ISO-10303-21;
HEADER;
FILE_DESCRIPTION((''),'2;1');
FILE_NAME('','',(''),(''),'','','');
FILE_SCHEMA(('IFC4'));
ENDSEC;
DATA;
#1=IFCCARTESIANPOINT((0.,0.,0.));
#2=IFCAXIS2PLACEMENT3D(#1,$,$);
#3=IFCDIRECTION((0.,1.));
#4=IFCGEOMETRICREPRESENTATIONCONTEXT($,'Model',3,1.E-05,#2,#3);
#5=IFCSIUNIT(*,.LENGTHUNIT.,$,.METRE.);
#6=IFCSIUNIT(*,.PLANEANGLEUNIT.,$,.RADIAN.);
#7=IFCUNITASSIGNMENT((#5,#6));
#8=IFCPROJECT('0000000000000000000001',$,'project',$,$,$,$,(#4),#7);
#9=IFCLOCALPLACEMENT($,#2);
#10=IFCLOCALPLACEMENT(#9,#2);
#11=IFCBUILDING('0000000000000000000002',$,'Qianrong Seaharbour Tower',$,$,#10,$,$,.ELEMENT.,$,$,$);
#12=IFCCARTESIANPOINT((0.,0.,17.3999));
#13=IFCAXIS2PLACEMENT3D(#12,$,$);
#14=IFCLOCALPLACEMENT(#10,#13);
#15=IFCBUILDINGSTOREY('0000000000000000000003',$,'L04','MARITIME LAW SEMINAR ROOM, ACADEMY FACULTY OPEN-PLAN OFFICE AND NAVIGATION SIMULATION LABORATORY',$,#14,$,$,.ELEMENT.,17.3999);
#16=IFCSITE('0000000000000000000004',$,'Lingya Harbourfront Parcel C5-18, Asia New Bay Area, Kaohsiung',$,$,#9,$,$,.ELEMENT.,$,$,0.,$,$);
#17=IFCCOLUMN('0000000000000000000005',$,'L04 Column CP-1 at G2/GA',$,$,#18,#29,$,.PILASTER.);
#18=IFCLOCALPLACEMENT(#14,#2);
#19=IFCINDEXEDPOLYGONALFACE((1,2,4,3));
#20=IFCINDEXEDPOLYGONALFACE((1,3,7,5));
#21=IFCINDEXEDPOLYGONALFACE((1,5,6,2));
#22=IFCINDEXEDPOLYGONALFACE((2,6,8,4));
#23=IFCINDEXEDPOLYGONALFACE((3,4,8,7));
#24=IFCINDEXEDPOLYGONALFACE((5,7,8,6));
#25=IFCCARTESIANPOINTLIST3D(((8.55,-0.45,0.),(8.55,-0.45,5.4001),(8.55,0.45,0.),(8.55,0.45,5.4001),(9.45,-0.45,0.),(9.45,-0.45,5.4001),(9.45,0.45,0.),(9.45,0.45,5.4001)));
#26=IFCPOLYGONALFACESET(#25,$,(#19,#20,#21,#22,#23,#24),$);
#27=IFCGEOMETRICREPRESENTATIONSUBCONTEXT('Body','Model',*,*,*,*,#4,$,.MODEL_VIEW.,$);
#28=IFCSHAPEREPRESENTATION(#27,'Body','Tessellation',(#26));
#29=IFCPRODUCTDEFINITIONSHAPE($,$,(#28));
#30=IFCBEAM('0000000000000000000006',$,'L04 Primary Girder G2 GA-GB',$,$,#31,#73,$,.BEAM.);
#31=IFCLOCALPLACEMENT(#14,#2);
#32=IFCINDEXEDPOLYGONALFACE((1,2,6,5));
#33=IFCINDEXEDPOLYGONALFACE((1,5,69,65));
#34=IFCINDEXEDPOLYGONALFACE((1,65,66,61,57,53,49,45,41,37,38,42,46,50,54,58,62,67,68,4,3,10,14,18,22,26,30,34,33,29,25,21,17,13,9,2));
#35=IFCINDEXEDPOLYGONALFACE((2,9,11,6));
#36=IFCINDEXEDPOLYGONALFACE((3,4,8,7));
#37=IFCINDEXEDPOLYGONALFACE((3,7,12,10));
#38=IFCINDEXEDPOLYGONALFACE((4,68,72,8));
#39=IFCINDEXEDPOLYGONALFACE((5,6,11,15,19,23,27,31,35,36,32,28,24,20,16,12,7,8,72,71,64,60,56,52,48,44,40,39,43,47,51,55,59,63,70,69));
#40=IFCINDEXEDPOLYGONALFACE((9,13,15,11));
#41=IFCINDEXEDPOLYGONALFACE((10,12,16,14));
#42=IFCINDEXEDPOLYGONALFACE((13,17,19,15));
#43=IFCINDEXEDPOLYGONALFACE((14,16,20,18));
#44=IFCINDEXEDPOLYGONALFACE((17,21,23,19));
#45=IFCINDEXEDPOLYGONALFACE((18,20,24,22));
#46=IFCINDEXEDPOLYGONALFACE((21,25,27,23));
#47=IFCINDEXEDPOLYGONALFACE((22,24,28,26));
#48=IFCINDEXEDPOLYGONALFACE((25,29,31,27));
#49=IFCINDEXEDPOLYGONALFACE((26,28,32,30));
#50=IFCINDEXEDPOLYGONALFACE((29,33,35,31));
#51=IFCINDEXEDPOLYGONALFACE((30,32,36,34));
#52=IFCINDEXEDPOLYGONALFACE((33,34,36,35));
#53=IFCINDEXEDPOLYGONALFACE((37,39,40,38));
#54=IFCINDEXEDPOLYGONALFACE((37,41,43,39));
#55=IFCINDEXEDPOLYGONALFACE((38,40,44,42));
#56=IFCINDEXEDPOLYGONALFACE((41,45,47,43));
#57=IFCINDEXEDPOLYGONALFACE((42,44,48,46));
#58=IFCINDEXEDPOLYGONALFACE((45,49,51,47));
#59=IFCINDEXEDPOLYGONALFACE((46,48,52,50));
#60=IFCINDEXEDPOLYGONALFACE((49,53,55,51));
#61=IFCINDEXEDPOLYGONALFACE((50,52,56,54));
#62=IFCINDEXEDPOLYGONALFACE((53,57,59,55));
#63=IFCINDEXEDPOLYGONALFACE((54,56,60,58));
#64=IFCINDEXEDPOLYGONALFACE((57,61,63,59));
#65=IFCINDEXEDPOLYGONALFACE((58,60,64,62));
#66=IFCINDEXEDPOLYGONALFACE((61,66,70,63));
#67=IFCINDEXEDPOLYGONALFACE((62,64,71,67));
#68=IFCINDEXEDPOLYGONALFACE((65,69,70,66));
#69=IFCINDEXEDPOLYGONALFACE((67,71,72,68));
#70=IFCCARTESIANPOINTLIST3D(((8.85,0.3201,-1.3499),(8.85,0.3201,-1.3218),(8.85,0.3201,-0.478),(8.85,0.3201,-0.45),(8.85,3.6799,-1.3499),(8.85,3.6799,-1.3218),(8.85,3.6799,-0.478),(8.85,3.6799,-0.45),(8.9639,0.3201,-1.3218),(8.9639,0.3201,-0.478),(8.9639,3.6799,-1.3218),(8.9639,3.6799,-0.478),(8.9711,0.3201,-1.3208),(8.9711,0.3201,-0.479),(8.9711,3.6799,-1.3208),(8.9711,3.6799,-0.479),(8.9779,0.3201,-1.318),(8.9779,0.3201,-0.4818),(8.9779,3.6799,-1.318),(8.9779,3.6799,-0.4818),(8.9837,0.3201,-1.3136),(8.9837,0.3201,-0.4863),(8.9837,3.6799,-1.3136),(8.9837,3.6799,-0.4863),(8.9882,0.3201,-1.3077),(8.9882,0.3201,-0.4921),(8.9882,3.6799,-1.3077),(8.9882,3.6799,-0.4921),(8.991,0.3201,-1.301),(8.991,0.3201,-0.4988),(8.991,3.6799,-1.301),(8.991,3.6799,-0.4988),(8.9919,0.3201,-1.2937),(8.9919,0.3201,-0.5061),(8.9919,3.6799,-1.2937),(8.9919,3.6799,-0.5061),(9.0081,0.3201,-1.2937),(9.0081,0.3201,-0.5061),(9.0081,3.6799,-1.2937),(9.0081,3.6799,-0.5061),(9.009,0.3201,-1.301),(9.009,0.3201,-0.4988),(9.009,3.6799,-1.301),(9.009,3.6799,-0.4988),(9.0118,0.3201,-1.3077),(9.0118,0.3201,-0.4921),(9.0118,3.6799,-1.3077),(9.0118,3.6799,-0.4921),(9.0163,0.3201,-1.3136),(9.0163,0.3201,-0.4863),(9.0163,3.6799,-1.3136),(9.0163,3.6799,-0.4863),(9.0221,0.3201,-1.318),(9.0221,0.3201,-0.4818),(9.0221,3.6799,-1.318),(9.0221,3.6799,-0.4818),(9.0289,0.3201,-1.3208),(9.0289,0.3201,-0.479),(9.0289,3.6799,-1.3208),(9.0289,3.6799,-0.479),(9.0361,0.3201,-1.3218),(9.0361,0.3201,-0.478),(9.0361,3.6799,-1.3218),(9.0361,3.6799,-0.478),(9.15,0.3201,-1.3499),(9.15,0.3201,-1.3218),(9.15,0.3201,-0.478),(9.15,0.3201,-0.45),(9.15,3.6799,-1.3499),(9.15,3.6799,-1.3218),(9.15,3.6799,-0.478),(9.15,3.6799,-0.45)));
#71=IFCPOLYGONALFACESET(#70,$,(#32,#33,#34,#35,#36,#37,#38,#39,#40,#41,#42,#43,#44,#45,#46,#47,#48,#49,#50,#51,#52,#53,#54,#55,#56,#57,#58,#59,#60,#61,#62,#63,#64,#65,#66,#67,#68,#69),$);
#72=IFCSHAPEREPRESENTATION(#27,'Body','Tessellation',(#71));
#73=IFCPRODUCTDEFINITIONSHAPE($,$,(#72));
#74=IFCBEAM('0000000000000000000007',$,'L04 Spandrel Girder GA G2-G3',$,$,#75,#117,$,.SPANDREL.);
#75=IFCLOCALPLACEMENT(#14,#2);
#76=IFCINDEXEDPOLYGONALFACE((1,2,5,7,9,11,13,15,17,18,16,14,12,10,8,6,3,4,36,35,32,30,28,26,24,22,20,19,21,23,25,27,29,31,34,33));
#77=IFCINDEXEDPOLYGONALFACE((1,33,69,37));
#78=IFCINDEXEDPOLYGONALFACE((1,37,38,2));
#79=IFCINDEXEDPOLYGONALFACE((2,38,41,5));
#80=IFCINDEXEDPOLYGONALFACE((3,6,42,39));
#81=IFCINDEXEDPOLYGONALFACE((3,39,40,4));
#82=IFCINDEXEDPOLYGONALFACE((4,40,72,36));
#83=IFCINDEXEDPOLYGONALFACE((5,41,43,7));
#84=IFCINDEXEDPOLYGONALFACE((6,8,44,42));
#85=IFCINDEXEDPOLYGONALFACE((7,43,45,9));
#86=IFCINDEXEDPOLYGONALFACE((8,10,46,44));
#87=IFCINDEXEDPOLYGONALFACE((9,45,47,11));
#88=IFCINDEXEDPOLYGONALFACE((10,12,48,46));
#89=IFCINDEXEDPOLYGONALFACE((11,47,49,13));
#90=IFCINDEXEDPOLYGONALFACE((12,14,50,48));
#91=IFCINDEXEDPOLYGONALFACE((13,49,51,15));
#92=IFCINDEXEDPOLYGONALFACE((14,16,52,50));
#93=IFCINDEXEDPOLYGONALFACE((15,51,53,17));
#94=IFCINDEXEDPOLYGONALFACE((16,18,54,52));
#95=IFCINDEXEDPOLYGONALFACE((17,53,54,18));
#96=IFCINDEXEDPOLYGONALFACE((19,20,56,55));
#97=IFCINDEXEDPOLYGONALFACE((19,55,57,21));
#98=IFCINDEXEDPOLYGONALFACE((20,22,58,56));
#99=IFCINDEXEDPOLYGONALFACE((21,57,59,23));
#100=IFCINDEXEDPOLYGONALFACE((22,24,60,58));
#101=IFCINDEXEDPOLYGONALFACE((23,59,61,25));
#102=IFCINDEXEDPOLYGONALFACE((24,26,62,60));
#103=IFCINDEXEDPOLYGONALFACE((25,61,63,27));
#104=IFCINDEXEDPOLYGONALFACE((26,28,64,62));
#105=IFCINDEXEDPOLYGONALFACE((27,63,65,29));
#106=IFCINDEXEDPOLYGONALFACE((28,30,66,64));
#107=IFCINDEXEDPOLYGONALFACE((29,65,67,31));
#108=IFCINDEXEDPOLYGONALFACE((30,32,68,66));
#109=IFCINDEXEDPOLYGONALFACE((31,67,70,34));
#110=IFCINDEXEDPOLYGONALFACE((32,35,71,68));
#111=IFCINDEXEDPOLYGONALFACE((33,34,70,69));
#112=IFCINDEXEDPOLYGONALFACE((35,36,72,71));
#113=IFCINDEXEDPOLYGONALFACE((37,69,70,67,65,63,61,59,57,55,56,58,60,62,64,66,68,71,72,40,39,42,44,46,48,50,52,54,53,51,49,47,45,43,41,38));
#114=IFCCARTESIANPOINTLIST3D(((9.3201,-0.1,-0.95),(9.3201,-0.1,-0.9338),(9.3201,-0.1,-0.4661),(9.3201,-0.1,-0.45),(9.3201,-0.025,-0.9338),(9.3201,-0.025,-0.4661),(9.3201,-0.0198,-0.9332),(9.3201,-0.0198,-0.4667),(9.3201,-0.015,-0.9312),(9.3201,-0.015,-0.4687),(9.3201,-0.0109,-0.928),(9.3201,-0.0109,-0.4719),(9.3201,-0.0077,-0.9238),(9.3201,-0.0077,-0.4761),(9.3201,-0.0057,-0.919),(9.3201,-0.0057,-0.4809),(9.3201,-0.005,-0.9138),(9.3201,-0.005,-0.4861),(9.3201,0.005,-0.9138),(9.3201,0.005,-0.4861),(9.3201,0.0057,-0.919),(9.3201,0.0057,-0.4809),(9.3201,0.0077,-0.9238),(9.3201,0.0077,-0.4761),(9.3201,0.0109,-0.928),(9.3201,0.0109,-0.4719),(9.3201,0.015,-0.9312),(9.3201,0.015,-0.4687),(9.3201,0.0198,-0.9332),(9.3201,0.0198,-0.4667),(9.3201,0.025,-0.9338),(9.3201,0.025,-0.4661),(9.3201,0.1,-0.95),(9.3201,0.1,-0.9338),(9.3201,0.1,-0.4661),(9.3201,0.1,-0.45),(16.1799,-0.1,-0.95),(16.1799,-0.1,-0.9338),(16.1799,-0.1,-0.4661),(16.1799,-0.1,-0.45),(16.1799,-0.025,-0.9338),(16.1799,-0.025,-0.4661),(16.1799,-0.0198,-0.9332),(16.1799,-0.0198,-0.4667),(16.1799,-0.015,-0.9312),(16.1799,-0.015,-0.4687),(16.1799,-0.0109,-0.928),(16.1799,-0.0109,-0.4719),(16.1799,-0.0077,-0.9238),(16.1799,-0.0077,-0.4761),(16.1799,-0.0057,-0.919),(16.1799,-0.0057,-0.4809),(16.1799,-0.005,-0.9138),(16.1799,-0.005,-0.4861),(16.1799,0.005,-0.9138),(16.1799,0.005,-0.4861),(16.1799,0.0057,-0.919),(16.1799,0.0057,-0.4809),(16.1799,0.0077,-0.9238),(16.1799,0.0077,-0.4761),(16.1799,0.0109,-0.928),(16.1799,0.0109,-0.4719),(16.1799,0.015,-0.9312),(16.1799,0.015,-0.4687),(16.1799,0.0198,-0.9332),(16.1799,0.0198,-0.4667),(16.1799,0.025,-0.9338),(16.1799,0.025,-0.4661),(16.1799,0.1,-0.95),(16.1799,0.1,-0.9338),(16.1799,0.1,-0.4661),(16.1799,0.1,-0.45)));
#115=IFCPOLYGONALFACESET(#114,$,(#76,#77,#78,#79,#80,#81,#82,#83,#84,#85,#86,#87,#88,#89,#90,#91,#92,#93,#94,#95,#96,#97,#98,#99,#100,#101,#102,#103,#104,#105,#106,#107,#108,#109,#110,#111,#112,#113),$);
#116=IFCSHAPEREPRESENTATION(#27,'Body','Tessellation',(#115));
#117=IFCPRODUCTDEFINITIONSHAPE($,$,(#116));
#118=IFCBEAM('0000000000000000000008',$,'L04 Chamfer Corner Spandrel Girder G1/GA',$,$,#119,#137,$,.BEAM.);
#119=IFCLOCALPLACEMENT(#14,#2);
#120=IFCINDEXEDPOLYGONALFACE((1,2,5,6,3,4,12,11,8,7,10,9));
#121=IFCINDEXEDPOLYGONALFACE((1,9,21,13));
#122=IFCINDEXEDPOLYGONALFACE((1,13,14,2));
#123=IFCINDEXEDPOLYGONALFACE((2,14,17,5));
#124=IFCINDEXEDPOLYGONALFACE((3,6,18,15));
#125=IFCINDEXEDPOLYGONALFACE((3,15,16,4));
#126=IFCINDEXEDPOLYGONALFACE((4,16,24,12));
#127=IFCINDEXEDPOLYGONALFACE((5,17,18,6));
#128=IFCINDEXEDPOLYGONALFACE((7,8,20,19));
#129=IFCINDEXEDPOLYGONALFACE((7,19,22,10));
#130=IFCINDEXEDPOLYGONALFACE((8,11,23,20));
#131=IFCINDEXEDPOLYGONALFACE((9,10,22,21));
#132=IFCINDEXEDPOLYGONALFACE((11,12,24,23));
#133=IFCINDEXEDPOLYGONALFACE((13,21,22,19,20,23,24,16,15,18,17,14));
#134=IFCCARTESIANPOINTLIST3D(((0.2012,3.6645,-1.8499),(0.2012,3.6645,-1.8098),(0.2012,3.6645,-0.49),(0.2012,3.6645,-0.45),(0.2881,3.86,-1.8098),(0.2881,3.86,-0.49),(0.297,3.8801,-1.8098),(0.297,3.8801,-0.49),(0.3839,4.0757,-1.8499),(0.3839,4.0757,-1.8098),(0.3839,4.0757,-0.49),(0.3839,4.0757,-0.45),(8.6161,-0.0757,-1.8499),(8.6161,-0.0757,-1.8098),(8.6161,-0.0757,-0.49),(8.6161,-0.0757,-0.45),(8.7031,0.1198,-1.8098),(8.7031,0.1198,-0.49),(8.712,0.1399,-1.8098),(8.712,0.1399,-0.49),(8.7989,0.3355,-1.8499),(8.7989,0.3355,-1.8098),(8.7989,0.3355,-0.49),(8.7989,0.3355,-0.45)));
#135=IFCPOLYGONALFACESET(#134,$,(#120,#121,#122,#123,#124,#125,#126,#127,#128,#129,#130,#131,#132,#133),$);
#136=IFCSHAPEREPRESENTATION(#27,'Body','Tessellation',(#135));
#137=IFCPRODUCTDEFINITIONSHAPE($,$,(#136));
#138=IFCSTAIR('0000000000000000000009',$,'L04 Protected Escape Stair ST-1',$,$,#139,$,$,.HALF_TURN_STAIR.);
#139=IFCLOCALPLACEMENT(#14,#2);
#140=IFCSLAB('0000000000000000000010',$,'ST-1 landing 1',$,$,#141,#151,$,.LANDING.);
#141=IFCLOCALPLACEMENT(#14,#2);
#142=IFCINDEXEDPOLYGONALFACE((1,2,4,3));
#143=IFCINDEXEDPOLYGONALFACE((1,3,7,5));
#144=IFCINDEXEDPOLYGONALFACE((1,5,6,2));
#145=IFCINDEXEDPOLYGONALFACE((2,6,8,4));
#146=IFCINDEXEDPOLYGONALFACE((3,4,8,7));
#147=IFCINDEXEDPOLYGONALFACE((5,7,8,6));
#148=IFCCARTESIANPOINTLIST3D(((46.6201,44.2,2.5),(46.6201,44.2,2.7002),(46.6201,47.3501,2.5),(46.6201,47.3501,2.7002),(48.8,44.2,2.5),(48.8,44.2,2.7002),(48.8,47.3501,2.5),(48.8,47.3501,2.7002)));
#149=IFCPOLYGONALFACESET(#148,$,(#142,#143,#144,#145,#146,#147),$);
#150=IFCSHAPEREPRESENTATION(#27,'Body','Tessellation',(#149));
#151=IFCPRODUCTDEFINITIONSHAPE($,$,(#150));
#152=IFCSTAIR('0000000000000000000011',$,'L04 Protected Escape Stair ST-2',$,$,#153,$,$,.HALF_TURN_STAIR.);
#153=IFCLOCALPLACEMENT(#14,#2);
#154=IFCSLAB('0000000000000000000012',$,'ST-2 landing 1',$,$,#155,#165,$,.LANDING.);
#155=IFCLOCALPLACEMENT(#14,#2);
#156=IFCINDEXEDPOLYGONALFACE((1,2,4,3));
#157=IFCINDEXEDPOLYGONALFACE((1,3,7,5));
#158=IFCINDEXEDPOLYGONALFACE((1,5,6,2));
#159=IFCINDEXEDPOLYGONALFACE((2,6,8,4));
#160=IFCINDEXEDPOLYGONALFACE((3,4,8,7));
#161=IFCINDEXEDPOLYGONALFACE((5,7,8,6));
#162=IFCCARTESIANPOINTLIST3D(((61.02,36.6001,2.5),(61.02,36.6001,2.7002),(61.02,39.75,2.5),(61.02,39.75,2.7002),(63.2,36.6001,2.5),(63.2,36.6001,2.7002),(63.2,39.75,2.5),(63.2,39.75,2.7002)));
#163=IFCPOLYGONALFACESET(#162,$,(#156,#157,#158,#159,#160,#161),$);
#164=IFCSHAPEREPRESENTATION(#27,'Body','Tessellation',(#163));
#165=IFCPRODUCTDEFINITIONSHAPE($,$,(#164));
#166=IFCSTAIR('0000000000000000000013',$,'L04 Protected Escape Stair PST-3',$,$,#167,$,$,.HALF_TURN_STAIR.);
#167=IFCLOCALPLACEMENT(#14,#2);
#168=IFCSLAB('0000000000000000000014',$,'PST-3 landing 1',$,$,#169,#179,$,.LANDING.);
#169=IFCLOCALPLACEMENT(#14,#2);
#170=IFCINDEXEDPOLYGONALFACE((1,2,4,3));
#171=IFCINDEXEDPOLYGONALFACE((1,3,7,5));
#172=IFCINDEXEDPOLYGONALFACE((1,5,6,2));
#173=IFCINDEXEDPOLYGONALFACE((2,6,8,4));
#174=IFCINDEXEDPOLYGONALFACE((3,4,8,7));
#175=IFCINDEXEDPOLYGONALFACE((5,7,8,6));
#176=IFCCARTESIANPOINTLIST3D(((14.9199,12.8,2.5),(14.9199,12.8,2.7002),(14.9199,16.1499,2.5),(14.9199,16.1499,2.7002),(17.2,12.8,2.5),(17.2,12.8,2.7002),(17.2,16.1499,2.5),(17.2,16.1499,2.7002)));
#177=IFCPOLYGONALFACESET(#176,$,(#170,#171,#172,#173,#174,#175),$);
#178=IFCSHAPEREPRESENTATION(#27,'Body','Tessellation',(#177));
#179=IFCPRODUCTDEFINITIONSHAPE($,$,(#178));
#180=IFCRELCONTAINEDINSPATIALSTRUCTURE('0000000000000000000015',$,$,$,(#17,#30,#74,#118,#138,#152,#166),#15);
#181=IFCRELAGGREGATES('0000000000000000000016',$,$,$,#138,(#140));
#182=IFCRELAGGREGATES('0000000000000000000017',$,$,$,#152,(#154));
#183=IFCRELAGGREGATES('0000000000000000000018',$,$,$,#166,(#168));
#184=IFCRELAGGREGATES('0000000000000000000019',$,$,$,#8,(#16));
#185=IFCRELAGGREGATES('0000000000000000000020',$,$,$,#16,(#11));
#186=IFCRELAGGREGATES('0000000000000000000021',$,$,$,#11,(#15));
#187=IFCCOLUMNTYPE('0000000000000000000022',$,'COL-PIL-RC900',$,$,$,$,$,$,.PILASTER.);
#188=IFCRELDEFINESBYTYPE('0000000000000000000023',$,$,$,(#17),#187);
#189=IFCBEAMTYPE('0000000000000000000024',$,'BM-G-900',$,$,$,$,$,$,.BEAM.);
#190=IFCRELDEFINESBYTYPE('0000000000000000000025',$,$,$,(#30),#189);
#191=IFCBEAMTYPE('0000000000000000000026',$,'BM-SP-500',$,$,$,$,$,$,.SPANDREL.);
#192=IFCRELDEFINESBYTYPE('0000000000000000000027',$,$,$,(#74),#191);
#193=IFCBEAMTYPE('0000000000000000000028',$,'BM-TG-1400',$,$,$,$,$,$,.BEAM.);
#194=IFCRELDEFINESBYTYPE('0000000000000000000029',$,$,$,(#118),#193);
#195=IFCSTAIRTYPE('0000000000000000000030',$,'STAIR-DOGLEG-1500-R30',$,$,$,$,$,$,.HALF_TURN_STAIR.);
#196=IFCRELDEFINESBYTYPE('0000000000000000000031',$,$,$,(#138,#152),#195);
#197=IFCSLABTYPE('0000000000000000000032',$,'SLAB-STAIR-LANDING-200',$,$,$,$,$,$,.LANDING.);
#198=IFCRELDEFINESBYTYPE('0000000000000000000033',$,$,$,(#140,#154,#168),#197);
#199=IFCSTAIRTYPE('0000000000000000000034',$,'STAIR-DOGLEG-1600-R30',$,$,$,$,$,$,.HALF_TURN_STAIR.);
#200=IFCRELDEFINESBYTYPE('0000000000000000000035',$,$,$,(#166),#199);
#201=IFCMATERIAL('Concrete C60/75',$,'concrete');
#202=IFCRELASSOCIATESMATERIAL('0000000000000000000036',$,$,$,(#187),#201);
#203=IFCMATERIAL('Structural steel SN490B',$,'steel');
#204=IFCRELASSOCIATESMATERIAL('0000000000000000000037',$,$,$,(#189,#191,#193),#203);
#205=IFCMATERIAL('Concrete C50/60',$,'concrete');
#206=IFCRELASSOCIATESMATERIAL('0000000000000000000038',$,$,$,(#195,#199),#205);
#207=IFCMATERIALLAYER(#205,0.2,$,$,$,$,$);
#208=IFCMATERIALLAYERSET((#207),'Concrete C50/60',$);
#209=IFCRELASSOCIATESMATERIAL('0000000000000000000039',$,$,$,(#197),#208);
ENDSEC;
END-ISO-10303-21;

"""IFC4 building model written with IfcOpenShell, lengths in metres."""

from ifc_helpers import new_model, si_unit, direction, frame, origin, origin_2d, place, context, subcontext, project, spatial, polyline, rectangle, i_section, outline, extrude, material, layer, layer_set, material_profile, profile_set, type_object, element, aggregate, save


model = new_model("IFC4")

# Units and contexts
model_context = context("Model", 3, precision=1e-05, world=origin(), true_north=direction((0.0, 1.0)))
body_context = subcontext(model_context, "Body", "Model", "MODEL_VIEW")
ifc_project = project(units=[si_unit("LENGTHUNIT", "METRE"), si_unit("PLANEANGLEUNIT", "RADIAN")], contexts=[model_context])

# Site, building, storey
site_placement = place(None, origin())
site = spatial("IfcSite", under=ifc_project, at=site_placement, Name="Lingya Harbourfront Parcel C5-18, Asia New Bay Area, Kaohsiung", CompositionType="ELEMENT", RefElevation=0.0)
building_placement = place(site_placement, origin())
building = spatial("IfcBuilding", under=site, at=building_placement, Name="Qianrong Seaharbour Tower", CompositionType="ELEMENT")
storey_placement = place(building_placement, frame((0.0, 0.0, 17.3999)))
storey = spatial("IfcBuildingStorey", under=building, at=storey_placement, Name="L04", Description="MARITIME LAW SEMINAR ROOM, ACADEMY FACULTY OPEN-PLAN OFFICE AND NAVIGATION SIMULATION LABORATORY", CompositionType="ELEMENT", Elevation=17.3999)

# Column
ifc_material_1 = material(Name="Concrete C60/75", Category="concrete")
ifc_material_profile_1 = material_profile(ifc_material_1, rectangle(XDim=0.8999, YDim=0.8999, at=origin_2d()), Name="RC900x900")
ifc_profile_set_1 = profile_set([ifc_material_profile_1], Name="Concrete C60/75")
column_type = type_object("IfcColumnType", Name="COL-PIL-RC900", PredefinedType="PILASTER", material=ifc_profile_set_1)
column_placement = place(storey_placement, frame((9.0, 0.0, 0.0), z_axis=(0.0, 0.0, 1.0), x_axis=(1.0, 0.0, 0.0)))
element("IfcColumn", 1, at=column_placement, inside=storey, type_object=column_type, Name="L04 Column CP-1 at G2/GA", PredefinedType="PILASTER", context=body_context, shape_type="SweptSolid", body=[
    extrude(rectangle(XDim=0.8999, YDim=0.8999, at=origin_2d()), origin(), (0.0, 0.0, 1.0), 5.4001),
])

# Beams
ifc_material_2 = material(Name="Structural steel SN490B", Category="steel")
ifc_material_profile_2 = material_profile(ifc_material_2, i_section(OverallWidth=0.3, OverallDepth=0.8999, WebThickness=0.0161, FlangeThickness=0.0281, FilletRadius=0.0281, at=origin_2d()), Name="H900x300x16x28")
ifc_profile_set_2 = profile_set([ifc_material_profile_2], Name="Structural steel SN490B")
beam_type_1 = type_object("IfcBeamType", Name="BM-G-900", PredefinedType="BEAM", material=ifc_profile_set_2)
beam_1_placement = place(storey_placement, frame((9.0, 0.3201, -0.8999), z_axis=(0.0, 1.0, 0.0), x_axis=(-1.0, 0.0, 0.0)))
element("IfcBeam", 2, at=beam_1_placement, inside=storey, type_object=beam_type_1, Name="L04 Primary Girder G2 GA-GB", PredefinedType="BEAM", context=body_context, shape_type="SweptSolid", body=[
    extrude(i_section(OverallWidth=0.3, OverallDepth=0.8999, WebThickness=0.0161, FlangeThickness=0.0281, FilletRadius=0.0281, at=origin_2d()), origin(), (0.0, 0.0, 1.0), 3.3599),
])
ifc_material_profile_3 = material_profile(ifc_material_2, i_section(OverallWidth=0.2, OverallDepth=0.5, WebThickness=0.01, FlangeThickness=0.0161, FilletRadius=0.02, at=origin_2d()), Name="H500x200x10x16")
ifc_profile_set_3 = profile_set([ifc_material_profile_3], Name="Structural steel SN490B")
beam_type_2 = type_object("IfcBeamType", Name="BM-SP-500", PredefinedType="SPANDREL", material=ifc_profile_set_3)
beam_2_placement = place(storey_placement, frame((9.3201, 0.0, -0.7), z_axis=(1.0, 0.0, 0.0), x_axis=(0.0, 1.0, 0.0)))
element("IfcBeam", 3, at=beam_2_placement, inside=storey, type_object=beam_type_2, Name="L04 Spandrel Girder GA G2-G3", PredefinedType="SPANDREL", context=body_context, shape_type="SweptSolid", body=[
    extrude(i_section(OverallWidth=0.2, OverallDepth=0.5, WebThickness=0.01, FlangeThickness=0.0161, FilletRadius=0.02, at=origin_2d()), origin(), (0.0, 0.0, 1.0), 6.8599),
])
ifc_material_profile_4 = material_profile(ifc_material_2, i_section(OverallWidth=0.45, OverallDepth=1.3999, WebThickness=0.022, FlangeThickness=0.04, at=origin_2d()), Name="BH1400x450x22x40")
ifc_profile_set_4 = profile_set([ifc_material_profile_4], Name="Structural steel SN490B")
beam_type_3 = type_object("IfcBeamType", Name="BM-TG-1400", PredefinedType="BEAM", material=ifc_profile_set_4)
beam_3_placement = place(storey_placement, frame((8.7075, 0.1299, -1.1499), z_axis=(-0.913803, 0.406158, 0.0), x_axis=(-0.406158, -0.913803, 0.0)))
element("IfcBeam", 4, at=beam_3_placement, inside=storey, type_object=beam_type_3, Name="L04 Chamfer Corner Spandrel Girder G1/GA", PredefinedType="BEAM", context=body_context, shape_type="SweptSolid", body=[
    extrude(i_section(OverallWidth=0.45, OverallDepth=1.3999, WebThickness=0.022, FlangeThickness=0.04, at=origin_2d()), origin(), (0.0, 0.0, 1.0), 9.2087),
])

# Stairs, slabs
ifc_material_3 = material(Name="Concrete C50/60", Category="concrete")
stair_type_1 = type_object("IfcStairType", Name="STAIR-DOGLEG-1500-R30", PredefinedType="HALF_TURN_STAIR", material=ifc_material_3)
stair_1_placement = place(storey_placement, origin())
stair_1 = element("IfcStair", 5, at=stair_1_placement, inside=storey, type_object=stair_type_1, Name="L04 Protected Escape Stair ST-1", PredefinedType="HALF_TURN_STAIR")
ifc_layer_1 = layer(ifc_material_3, 0.2)
ifc_layer_set_1 = layer_set([ifc_layer_1], Name="Concrete C50/60")
slab_type_1 = type_object("IfcSlabType", Name="SLAB-STAIR-LANDING-200", PredefinedType="LANDING", material=ifc_layer_set_1)
slab_1_placement = place(storey_placement, frame((0.0, 0.0, 2.5)))
slab_1 = element("IfcSlab", 6, at=slab_1_placement, type_object=slab_type_1, Name="ST-1 landing 1", PredefinedType="LANDING", context=body_context, shape_type="SweptSolid", body=[
    extrude(outline(polyline([(46.6201, 44.2), (48.8, 44.2), (48.8, 47.3501), (46.6201, 47.3501), (46.6201, 44.2)])), origin(), (0.0, 0.0, 1.0), 0.2002),
])
aggregate(stair_1, [slab_1])
stair_2_placement = place(storey_placement, origin())
stair_2 = element("IfcStair", 7, at=stair_2_placement, inside=storey, type_object=stair_type_1, Name="L04 Protected Escape Stair ST-2", PredefinedType="HALF_TURN_STAIR")
slab_2_placement = place(storey_placement, frame((0.0, 0.0, 2.5)))
slab_2 = element("IfcSlab", 8, at=slab_2_placement, type_object=slab_type_1, Name="ST-2 landing 1", PredefinedType="LANDING", context=body_context, shape_type="SweptSolid", body=[
    extrude(outline(polyline([(61.02, 36.6001), (63.2, 36.6001), (63.2, 39.75), (61.02, 39.75), (61.02, 36.6001)])), origin(), (0.0, 0.0, 1.0), 0.2002),
])
aggregate(stair_2, [slab_2])
stair_type_2 = type_object("IfcStairType", Name="STAIR-DOGLEG-1600-R30", PredefinedType="HALF_TURN_STAIR", material=ifc_material_3)
stair_3_placement = place(storey_placement, origin())
stair_3 = element("IfcStair", 9, at=stair_3_placement, inside=storey, type_object=stair_type_2, Name="L04 Protected Escape Stair PST-3", PredefinedType="HALF_TURN_STAIR")
slab_3_placement = place(storey_placement, frame((0.0, 0.0, 2.5)))
slab_3 = element("IfcSlab", 10, at=slab_3_placement, type_object=slab_type_1, Name="PST-3 landing 1", PredefinedType="LANDING", context=body_context, shape_type="SweptSolid", body=[
    extrude(outline(polyline([(14.9199, 12.8), (17.2, 12.8), (17.2, 16.1499), (14.9199, 16.1499), (14.9199, 12.8)])), origin(), (0.0, 0.0, 1.0), 0.2002),
])
aggregate(stair_3, [slab_3])

save(model, "model.ifc")
